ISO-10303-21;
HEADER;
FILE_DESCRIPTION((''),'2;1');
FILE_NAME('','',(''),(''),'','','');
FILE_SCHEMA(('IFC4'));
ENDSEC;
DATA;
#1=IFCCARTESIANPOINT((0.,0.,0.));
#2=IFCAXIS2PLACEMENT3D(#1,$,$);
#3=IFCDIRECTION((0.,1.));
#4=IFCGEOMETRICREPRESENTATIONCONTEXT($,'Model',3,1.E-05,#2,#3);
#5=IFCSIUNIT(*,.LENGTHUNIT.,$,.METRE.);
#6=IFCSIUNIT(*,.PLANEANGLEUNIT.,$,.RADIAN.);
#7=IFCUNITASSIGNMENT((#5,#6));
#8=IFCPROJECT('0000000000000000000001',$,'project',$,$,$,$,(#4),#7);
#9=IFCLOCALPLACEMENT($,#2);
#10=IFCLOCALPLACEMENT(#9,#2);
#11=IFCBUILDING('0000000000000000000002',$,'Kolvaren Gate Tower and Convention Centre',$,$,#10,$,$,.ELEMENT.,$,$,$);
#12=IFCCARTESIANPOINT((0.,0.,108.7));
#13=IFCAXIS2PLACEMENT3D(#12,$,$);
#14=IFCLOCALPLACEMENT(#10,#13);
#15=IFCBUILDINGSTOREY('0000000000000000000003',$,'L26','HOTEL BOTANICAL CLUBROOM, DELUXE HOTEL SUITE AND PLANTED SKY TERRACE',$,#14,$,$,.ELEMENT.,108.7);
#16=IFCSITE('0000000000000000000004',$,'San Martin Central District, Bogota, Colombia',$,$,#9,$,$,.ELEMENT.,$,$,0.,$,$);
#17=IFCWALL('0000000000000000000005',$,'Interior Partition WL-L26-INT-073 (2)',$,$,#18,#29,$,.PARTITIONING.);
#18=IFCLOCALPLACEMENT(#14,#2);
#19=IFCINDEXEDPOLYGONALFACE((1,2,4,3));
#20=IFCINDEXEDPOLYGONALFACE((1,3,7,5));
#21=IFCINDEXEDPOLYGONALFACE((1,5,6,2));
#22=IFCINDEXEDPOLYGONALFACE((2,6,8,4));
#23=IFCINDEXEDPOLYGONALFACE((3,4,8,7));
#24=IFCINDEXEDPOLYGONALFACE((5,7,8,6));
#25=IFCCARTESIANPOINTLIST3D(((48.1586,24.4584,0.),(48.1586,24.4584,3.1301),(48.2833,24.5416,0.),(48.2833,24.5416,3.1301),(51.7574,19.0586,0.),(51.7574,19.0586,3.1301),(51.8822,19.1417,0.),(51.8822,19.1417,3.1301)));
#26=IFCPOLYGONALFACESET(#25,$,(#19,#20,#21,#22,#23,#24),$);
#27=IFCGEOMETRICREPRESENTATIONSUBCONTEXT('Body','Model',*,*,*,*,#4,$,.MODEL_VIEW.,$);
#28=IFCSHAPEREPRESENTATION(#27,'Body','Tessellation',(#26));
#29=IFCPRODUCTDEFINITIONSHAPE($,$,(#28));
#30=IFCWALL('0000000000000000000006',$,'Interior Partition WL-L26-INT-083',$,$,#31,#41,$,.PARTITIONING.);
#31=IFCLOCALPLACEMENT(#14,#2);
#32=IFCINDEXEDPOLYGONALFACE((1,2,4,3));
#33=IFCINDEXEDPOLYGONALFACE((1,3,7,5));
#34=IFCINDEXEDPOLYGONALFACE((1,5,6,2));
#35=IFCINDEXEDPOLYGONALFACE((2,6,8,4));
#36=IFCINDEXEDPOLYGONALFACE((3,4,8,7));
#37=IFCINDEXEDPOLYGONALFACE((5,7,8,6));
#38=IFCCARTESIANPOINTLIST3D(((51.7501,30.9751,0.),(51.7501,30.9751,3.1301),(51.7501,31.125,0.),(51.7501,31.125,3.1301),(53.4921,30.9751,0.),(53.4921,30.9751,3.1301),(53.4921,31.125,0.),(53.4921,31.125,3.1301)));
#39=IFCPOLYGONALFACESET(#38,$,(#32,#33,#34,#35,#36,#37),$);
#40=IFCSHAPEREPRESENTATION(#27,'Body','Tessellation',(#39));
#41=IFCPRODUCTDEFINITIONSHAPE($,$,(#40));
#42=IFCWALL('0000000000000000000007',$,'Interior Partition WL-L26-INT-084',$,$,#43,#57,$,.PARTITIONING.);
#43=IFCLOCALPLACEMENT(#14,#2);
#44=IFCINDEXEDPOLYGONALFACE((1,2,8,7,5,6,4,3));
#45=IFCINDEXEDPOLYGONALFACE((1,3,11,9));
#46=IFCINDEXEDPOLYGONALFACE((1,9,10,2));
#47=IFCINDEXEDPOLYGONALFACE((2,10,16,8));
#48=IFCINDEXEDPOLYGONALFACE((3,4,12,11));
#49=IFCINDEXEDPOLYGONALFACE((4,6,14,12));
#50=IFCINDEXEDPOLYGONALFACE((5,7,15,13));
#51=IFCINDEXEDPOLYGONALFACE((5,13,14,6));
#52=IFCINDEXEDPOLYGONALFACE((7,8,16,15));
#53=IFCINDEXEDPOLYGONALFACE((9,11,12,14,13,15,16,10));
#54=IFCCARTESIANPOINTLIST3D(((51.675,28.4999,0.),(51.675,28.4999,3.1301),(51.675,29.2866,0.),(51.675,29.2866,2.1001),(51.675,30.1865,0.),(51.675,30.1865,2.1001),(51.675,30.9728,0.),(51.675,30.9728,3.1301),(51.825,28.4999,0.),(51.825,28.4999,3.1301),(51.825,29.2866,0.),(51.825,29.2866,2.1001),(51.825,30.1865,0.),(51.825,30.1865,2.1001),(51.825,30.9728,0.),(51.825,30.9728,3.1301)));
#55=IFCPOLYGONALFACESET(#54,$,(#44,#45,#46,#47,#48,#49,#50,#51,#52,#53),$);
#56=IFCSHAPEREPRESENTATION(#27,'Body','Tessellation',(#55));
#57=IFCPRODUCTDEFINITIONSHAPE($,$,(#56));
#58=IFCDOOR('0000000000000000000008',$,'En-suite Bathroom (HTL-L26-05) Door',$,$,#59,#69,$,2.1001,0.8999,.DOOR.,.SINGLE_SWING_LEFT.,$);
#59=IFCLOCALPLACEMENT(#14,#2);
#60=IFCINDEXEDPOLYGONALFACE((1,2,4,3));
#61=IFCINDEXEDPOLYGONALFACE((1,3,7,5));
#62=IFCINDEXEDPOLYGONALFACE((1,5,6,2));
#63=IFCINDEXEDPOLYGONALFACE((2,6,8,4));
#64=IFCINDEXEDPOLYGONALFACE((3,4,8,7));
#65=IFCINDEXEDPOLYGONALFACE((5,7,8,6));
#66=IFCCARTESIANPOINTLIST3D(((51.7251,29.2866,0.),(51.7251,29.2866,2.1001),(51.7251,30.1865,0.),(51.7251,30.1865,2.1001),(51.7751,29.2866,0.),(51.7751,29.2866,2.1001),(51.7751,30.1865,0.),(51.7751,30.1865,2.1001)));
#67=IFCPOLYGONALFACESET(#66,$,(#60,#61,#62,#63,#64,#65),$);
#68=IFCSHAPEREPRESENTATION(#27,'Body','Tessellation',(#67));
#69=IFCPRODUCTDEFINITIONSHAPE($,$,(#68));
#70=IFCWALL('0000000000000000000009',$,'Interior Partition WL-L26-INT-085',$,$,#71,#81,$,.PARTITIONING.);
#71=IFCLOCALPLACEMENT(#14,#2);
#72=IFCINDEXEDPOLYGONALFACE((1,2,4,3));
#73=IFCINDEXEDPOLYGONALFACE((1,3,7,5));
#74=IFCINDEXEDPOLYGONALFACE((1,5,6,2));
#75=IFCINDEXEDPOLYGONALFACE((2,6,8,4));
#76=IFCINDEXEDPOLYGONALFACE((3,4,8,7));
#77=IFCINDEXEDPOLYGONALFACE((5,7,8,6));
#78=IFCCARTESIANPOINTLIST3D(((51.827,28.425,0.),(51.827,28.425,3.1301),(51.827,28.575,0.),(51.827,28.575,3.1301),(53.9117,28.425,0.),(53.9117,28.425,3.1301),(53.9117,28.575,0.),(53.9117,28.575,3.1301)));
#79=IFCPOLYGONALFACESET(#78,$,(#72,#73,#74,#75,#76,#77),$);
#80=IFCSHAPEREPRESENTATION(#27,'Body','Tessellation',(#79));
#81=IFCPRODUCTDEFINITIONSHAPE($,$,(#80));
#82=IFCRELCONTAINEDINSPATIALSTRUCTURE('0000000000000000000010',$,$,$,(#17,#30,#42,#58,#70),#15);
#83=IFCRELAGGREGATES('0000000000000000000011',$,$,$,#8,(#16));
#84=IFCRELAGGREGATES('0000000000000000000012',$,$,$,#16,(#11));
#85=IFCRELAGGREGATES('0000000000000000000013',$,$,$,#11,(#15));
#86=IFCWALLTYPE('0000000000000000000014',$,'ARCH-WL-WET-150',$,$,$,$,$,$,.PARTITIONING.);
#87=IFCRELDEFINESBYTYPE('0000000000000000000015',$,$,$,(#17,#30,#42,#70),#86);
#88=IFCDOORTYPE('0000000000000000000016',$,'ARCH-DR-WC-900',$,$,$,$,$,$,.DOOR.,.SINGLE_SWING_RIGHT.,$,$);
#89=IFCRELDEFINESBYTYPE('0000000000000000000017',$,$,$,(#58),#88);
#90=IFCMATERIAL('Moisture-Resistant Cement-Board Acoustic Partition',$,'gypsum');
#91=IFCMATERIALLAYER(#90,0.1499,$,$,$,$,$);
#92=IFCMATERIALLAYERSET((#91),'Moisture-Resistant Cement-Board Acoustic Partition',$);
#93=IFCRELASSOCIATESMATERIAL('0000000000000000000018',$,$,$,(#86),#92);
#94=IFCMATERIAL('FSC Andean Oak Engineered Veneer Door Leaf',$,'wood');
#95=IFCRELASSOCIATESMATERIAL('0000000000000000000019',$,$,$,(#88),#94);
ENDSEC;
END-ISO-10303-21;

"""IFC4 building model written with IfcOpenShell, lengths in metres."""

from ifc_helpers import new_model, si_unit, direction, frame, frame_2d, origin, place, context, subcontext, project, spatial, rectangle, extrude, material, layer, layer_set, type_object, element, fill, save


model = new_model("IFC4")

# Units and contexts
model_context = context("Model", 3, precision=1e-05, world=origin(), true_north=direction((0.0, 1.0)))
body_context = subcontext(model_context, "Body", "Model", "MODEL_VIEW")
ifc_project = project(units=[si_unit("LENGTHUNIT", "METRE"), si_unit("PLANEANGLEUNIT", "RADIAN")], contexts=[model_context])

# Site, building, storey
site_placement = place(None, origin())
site = spatial("IfcSite", under=ifc_project, at=site_placement, Name="San Martin Central District, Bogota, Colombia", CompositionType="ELEMENT", RefElevation=0.0)
building_placement = place(site_placement, origin())
building = spatial("IfcBuilding", under=site, at=building_placement, Name="Kolvaren Gate Tower and Convention Centre", CompositionType="ELEMENT")
storey_placement = place(building_placement, frame((0.0, 0.0, 108.7)))
storey = spatial("IfcBuildingStorey", under=building, at=storey_placement, Name="L26", Description="HOTEL BOTANICAL CLUBROOM, DELUXE HOTEL SUITE AND PLANTED SKY TERRACE", CompositionType="ELEMENT", Elevation=108.7)

# Walls
ifc_material_1 = material(Name="Moisture-Resistant Cement-Board Acoustic Partition", Category="gypsum")
ifc_layer_1 = layer(ifc_material_1, 0.1499)
ifc_layer_set_1 = layer_set([ifc_layer_1], Name="Moisture-Resistant Cement-Board Acoustic Partition")
wall_type_1 = type_object("IfcWallType", Name="ARCH-WL-WET-150", PredefinedType="PARTITIONING", material=ifc_layer_set_1)
wall_1_placement = place(storey_placement, frame((48.2209, 24.5, 0.0), z_axis=(0.0, 0.0, 1.0), x_axis=(0.554587, -0.832126, 0.0)))
element("IfcWall", 1, at=wall_1_placement, inside=storey, type_object=wall_type_1, Name="Interior Partition WL-L26-INT-073 (2)", PredefinedType="PARTITIONING", context=body_context, shape_type="SweptSolid", body=[
    extrude(rectangle(XDim=6.4893, YDim=0.1499, at=frame_2d((3.2446, 0.0))), origin(), (0.0, 0.0, 1.0), 3.1301),
])
wall_2_placement = place(storey_placement, frame((51.75, 31.05, 0.0), z_axis=(0.0, 0.0, 1.0), x_axis=(1.0, 0.0, 0.0)))
element("IfcWall", 2, at=wall_2_placement, inside=storey, type_object=wall_type_1, Name="Interior Partition WL-L26-INT-083", PredefinedType="PARTITIONING", context=body_context, shape_type="SweptSolid", body=[
    extrude(rectangle(XDim=1.7419, YDim=0.1499, at=frame_2d((0.8711, 0.0))), origin(), (0.0, 0.0, 1.0), 3.1301),
])

# Wall, opening, door
wall_3_placement = place(storey_placement, frame((51.75, 28.5, 0.0), z_axis=(0.0, 0.0, 1.0), x_axis=(0.0, 1.0, 0.0)))
wall_3 = element("IfcWall", 3, at=wall_3_placement, inside=storey, type_object=wall_type_1, Name="Interior Partition WL-L26-INT-084", PredefinedType="PARTITIONING", context=body_context, shape_type="SweptSolid", body=[
    extrude(rectangle(XDim=2.4729, YDim=0.1499, at=frame_2d((1.2363, 0.0))), origin(), (0.0, 0.0, 1.0), 3.1301),
])
opening_1_placement = place(wall_3_placement, frame((0.7866, 0.0, 0.0)))
opening_1 = element("IfcOpeningElement", 4, at=opening_1_placement, cuts=wall_3, PredefinedType="OPENING", context=body_context, shape_type="SweptSolid", body=[
    extrude(rectangle(XDim=0.8999, YDim=2.1001, at=frame_2d((0.45, 1.05))), frame((0.0, 0.085, 0.0), z_axis=(0.0, -1.0, 0.0), x_axis=(1.0, 0.0, 0.0)), (0.0, 0.0, 1.0), 0.1699),
])
ifc_material_2 = material(Name="FSC Andean Oak Engineered Veneer Door Leaf", Category="wood")
door_type = type_object("IfcDoorType", Name="ARCH-DR-WC-900", OperationType="SINGLE_SWING_RIGHT", PredefinedType="DOOR", material=ifc_material_2)
door_placement = place(opening_1_placement, origin())
door = element("IfcDoor", 5, at=door_placement, inside=storey, type_object=door_type, Name="En-suite Bathroom (HTL-L26-05) Door", OperationType="SINGLE_SWING_LEFT", OverallHeight=2.1001, OverallWidth=0.8999, PredefinedType="DOOR", context=body_context, shape_type="SweptSolid", body=[
    extrude(rectangle(XDim=0.8999, YDim=2.1001, at=frame_2d((0.45, 1.05))), frame((0.0, 0.0249, 0.0), z_axis=(0.0, -1.0, 0.0), x_axis=(1.0, 0.0, 0.0)), (0.0, 0.0, 1.0), 0.05),
])
fill(opening_1, door)

# Wall
wall_4_placement = place(storey_placement, frame((51.8269, 28.5, 0.0), z_axis=(0.0, 0.0, 1.0), x_axis=(1.0, 0.0, 0.0)))
element("IfcWall", 6, at=wall_4_placement, inside=storey, type_object=wall_type_1, Name="Interior Partition WL-L26-INT-085", PredefinedType="PARTITIONING", context=body_context, shape_type="SweptSolid", body=[
    extrude(rectangle(XDim=2.0847, YDim=0.1499, at=frame_2d((1.0425, 0.0))), origin(), (0.0, 0.0, 1.0), 3.1301),
])

save(model, "model.ifc")
